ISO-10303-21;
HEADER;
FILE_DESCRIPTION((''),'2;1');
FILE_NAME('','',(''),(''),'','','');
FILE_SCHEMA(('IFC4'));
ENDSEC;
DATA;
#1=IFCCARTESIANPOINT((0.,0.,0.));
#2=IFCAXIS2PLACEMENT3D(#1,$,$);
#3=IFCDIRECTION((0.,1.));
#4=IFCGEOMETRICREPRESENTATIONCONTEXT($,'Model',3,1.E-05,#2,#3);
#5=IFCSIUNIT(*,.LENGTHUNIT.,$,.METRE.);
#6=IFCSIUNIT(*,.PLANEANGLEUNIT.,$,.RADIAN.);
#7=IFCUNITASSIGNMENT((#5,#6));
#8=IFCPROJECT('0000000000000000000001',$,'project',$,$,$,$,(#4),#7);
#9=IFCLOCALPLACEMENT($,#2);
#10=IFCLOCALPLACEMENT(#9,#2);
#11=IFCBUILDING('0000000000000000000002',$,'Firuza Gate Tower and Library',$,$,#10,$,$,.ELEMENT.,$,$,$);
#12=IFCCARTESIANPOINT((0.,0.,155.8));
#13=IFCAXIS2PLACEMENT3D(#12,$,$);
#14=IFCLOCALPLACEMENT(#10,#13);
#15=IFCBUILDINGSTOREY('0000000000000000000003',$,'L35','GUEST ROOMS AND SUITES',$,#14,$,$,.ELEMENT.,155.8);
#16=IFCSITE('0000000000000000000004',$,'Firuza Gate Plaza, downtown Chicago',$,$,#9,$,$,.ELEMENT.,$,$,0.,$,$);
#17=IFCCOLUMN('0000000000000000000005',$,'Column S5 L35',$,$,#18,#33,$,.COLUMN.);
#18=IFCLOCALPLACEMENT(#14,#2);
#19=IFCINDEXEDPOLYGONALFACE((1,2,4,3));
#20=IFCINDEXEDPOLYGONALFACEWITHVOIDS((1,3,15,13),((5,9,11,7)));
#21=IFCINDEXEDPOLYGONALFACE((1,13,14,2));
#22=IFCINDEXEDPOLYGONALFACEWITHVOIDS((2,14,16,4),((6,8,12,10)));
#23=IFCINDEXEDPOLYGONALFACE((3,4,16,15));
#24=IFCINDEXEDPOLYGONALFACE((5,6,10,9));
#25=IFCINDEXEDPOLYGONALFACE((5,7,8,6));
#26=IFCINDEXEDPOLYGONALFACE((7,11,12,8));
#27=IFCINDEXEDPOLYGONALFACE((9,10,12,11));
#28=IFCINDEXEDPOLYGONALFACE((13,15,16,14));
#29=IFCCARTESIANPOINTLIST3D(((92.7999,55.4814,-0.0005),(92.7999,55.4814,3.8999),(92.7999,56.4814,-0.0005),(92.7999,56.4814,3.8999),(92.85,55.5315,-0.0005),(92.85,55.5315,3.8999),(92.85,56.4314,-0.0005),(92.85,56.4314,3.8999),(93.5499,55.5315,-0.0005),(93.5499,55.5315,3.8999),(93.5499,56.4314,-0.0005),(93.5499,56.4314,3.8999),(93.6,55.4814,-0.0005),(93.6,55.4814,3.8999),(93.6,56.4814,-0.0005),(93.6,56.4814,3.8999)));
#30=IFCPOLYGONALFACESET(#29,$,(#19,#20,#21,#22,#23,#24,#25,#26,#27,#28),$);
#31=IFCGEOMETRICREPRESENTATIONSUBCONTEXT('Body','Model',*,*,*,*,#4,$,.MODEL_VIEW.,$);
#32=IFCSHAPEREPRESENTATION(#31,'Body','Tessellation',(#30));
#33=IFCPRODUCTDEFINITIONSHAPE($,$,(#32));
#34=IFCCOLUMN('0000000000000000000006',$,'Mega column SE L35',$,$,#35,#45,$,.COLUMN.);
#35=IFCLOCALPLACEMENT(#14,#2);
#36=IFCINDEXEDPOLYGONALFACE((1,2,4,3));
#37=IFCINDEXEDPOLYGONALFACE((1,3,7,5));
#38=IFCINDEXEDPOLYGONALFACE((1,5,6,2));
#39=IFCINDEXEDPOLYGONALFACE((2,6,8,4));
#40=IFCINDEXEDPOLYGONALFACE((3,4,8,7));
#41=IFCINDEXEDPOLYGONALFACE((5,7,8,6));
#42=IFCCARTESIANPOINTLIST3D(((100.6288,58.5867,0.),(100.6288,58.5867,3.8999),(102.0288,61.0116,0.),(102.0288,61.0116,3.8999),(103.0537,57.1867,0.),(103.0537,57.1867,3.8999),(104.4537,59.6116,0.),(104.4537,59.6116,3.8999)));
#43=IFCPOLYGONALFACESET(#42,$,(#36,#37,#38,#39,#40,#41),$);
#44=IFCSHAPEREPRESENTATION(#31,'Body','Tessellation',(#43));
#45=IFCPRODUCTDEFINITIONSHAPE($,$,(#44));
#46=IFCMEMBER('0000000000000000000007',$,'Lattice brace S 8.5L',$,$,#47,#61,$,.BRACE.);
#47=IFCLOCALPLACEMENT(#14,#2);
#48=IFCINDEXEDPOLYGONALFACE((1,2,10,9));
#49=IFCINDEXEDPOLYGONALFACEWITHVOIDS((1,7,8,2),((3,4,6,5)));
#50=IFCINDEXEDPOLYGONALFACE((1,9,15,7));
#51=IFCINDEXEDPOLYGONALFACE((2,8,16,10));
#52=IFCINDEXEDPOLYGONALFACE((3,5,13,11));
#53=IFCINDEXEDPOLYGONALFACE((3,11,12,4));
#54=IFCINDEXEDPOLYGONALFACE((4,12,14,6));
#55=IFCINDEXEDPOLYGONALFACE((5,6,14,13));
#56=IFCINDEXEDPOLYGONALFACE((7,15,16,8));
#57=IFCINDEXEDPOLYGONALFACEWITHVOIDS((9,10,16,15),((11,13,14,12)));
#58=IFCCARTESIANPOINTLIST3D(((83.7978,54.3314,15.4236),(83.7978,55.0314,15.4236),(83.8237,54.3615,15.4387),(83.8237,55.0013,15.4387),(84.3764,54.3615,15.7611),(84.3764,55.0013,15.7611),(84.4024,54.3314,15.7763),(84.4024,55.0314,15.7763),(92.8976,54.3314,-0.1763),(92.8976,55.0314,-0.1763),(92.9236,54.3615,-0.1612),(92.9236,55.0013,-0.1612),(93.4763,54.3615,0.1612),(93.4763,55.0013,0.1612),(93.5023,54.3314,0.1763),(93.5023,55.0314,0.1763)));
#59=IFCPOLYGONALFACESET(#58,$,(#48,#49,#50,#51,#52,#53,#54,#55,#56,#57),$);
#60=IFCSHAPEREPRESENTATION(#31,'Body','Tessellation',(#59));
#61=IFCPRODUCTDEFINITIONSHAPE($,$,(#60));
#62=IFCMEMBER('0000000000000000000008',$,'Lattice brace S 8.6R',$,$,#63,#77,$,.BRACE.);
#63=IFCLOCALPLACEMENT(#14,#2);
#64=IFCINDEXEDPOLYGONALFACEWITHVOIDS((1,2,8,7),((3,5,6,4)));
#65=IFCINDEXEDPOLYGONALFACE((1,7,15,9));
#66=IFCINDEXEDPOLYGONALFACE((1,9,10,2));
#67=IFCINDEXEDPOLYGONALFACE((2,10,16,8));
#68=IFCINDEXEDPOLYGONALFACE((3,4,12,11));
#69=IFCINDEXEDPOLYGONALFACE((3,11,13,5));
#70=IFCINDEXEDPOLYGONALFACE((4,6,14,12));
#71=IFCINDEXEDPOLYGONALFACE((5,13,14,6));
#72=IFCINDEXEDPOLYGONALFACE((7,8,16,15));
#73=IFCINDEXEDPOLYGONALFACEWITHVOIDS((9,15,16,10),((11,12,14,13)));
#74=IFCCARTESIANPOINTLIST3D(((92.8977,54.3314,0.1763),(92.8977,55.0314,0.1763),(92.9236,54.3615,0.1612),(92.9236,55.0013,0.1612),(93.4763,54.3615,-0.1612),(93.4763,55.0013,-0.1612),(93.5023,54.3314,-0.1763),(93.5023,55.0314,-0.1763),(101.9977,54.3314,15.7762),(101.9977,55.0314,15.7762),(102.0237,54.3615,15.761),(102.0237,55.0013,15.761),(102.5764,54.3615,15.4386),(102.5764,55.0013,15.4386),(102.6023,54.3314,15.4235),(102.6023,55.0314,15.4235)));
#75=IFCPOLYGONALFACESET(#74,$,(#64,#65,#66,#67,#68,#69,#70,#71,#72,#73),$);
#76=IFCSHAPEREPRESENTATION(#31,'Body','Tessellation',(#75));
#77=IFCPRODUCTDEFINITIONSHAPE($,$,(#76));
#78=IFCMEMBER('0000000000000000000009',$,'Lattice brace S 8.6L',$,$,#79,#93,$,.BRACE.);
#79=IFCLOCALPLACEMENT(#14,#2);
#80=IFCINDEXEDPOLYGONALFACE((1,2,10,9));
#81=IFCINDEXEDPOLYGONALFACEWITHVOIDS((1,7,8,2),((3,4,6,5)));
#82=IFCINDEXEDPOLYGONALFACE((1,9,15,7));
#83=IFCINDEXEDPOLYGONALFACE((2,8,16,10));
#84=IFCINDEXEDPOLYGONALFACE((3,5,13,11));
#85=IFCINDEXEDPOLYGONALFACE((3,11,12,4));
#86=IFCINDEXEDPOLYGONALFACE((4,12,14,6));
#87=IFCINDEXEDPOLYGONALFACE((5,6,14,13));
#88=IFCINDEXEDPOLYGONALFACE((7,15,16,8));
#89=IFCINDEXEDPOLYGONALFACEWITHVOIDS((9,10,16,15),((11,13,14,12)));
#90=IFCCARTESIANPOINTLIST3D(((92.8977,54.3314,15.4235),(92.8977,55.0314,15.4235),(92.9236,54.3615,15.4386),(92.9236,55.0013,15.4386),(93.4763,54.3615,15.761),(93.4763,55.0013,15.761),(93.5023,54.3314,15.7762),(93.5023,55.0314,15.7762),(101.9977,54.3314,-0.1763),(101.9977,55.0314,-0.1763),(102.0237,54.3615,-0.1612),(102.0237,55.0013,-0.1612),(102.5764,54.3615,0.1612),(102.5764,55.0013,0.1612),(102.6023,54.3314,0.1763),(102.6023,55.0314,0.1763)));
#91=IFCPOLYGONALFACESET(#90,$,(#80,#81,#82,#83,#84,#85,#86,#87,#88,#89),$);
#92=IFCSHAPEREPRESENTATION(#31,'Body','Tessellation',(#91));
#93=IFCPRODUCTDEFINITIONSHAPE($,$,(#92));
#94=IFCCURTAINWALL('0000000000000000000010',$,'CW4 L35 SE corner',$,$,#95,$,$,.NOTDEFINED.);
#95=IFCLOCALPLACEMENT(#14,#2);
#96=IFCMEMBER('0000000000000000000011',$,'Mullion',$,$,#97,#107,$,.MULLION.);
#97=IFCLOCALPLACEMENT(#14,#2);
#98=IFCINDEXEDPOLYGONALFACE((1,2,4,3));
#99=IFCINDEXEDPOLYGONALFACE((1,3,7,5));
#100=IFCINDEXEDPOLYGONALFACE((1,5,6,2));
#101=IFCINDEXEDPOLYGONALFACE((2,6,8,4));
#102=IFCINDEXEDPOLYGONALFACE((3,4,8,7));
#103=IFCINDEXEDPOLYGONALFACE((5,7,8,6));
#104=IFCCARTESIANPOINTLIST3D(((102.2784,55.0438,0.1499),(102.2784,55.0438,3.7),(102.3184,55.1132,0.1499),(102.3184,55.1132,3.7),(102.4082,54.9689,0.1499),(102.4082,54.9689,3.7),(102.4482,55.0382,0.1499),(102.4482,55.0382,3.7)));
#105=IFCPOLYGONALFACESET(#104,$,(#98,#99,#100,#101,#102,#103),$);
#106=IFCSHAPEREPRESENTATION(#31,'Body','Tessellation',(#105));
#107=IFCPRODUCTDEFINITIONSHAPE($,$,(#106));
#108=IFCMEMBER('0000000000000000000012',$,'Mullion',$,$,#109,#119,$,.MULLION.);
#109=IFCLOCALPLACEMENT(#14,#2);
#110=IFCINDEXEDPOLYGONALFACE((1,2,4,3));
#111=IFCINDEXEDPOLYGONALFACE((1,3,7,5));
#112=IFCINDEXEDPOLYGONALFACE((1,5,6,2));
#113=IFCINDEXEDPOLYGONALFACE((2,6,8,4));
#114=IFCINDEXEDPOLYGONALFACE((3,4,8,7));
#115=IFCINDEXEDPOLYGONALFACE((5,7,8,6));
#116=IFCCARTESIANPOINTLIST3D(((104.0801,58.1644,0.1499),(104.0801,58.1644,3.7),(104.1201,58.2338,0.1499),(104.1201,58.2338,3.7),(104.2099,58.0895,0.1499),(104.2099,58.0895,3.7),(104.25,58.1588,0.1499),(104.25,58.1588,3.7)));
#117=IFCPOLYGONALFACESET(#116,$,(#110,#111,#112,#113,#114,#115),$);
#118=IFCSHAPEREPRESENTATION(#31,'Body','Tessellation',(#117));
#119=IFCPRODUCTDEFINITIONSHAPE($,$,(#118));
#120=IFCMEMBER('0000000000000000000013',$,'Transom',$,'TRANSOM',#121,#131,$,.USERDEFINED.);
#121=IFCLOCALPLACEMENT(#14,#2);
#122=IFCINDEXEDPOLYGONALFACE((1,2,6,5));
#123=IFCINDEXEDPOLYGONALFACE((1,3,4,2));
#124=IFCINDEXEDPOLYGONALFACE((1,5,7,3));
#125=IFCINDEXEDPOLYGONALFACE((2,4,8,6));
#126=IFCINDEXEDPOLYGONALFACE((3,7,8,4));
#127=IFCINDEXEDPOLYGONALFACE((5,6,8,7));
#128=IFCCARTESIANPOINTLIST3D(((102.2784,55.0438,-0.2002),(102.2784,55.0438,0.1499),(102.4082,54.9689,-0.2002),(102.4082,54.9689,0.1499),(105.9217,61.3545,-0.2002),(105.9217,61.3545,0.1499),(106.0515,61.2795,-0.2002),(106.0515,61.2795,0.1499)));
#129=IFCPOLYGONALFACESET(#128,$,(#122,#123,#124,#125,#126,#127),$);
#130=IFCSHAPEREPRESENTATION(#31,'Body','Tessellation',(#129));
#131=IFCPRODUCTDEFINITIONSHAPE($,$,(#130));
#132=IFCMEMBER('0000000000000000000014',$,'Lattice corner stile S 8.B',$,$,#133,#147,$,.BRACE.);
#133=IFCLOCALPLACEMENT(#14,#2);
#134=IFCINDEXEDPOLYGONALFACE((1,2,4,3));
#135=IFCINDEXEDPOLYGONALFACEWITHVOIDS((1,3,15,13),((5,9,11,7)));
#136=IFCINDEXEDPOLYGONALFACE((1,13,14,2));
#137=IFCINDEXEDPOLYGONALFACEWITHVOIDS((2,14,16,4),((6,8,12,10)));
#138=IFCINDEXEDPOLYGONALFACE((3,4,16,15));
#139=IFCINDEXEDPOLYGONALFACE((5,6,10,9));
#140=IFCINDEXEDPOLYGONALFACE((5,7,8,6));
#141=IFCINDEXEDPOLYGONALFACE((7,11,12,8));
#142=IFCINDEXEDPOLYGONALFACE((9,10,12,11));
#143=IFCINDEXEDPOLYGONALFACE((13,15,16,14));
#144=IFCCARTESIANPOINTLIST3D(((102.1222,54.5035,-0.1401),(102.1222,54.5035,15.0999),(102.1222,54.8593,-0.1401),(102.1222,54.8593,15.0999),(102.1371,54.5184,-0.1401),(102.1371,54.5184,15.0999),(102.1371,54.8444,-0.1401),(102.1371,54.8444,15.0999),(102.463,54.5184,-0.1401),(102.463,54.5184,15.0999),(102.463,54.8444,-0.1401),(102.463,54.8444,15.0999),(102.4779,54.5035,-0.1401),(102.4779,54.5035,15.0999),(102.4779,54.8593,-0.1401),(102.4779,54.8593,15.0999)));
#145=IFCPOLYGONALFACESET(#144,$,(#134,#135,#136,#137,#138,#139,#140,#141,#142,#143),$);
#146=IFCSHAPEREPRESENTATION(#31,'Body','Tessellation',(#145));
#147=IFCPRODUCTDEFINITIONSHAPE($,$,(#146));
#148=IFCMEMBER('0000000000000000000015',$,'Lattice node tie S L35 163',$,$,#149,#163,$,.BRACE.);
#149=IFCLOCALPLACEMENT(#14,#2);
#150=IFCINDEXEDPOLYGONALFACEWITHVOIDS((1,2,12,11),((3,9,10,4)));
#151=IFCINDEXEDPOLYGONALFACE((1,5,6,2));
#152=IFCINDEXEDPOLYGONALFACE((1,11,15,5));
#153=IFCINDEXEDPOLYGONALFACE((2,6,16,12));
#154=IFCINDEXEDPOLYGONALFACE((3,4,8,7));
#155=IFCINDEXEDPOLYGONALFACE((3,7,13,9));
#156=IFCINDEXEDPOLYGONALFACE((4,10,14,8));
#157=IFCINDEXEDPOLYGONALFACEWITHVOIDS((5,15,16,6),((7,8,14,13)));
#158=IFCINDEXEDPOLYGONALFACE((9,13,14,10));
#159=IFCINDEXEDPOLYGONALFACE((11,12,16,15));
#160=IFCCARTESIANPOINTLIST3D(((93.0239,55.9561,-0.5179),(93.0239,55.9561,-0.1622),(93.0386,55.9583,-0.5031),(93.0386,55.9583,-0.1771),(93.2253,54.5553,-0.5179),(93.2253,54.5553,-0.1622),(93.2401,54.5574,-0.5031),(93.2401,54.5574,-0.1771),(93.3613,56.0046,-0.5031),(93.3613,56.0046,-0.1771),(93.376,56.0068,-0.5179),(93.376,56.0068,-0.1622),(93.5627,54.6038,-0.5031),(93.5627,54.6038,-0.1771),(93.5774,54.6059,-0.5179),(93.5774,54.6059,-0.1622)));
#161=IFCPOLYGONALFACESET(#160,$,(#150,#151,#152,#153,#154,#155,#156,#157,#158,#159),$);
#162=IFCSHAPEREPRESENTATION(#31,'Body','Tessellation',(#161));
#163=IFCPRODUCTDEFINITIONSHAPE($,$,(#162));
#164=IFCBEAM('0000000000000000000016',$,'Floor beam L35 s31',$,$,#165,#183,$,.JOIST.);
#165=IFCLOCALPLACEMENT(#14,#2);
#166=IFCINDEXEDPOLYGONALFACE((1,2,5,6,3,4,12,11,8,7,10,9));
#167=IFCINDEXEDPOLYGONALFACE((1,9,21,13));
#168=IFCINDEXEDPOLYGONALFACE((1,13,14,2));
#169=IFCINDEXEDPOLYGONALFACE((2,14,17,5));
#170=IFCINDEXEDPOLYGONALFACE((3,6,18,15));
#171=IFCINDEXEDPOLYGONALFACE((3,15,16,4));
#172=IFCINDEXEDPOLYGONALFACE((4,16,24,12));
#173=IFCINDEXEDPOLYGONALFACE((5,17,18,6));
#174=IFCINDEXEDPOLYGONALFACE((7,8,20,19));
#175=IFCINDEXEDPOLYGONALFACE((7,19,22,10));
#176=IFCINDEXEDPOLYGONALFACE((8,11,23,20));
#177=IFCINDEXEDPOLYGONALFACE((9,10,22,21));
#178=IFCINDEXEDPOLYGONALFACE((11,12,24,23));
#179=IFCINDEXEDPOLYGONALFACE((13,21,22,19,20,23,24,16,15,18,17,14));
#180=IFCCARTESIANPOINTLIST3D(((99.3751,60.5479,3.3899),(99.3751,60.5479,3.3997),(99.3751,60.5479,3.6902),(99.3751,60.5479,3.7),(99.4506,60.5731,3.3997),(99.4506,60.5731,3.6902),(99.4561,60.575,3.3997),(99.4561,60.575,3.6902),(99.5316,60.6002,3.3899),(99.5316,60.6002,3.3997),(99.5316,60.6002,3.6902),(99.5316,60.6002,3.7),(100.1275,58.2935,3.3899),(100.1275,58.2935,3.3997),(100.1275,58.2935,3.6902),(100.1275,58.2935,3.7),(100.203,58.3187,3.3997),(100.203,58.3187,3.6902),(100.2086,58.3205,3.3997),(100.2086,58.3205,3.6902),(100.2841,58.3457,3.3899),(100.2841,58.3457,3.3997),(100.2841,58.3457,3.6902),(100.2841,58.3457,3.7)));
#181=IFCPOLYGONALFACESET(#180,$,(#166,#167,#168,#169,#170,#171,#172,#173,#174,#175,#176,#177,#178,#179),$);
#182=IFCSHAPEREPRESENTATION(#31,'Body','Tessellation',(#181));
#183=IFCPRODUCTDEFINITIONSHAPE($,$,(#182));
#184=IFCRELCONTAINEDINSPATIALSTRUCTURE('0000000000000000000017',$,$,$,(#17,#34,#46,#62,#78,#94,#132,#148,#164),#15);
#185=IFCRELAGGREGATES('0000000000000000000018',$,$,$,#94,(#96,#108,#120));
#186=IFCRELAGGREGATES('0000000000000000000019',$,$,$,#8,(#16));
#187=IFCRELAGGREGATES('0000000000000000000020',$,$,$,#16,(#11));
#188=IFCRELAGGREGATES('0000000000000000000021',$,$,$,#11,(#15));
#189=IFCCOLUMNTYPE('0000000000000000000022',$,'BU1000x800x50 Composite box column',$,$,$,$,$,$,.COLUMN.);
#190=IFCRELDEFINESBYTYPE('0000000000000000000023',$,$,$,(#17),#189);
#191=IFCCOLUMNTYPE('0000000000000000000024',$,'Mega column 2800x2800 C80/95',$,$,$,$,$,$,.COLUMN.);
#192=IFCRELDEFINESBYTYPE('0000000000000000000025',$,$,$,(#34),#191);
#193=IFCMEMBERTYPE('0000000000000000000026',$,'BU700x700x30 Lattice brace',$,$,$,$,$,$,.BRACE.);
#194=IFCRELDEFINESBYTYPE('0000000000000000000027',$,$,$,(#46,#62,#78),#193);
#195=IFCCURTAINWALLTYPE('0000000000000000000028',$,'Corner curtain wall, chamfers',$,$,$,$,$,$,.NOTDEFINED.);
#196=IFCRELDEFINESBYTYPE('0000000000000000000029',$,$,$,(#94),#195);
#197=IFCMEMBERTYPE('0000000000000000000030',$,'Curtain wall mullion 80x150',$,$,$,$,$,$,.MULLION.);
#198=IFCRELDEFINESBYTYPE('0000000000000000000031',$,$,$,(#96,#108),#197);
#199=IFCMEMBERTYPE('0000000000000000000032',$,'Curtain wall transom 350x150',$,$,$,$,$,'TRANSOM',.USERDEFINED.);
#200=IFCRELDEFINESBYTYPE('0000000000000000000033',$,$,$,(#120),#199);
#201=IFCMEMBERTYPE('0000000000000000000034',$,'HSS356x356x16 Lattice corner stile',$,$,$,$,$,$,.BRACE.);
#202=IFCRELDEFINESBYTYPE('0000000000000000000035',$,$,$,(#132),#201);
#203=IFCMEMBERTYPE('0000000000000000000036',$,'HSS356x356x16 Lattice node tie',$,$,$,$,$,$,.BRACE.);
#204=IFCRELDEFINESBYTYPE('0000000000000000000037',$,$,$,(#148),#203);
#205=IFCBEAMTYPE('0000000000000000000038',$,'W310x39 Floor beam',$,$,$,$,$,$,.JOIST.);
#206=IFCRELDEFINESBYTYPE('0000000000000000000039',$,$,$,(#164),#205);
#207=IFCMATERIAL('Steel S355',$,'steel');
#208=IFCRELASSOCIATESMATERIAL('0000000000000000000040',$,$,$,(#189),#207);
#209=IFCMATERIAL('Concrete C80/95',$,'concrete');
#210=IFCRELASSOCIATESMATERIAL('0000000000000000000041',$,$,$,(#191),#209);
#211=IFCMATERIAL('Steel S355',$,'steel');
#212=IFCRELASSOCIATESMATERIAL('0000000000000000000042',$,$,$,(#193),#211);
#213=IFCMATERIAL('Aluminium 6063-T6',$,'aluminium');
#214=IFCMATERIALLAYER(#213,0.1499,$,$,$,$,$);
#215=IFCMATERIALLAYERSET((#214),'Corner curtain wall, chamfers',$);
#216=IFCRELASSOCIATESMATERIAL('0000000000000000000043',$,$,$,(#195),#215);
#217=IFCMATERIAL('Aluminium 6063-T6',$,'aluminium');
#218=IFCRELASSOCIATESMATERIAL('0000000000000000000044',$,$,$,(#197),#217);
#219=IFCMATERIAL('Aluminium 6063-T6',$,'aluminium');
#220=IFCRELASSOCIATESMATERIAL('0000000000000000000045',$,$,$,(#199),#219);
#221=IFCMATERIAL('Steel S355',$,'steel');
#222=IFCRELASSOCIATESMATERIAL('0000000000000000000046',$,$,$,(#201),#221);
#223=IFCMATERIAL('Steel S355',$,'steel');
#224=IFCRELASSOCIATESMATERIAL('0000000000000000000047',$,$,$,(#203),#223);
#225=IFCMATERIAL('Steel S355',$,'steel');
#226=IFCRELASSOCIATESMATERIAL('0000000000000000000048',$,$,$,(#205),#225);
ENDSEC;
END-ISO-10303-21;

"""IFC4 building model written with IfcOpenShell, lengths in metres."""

from ifc_helpers import new_model, si_unit, direction, frame, origin, origin_2d, place, context, subcontext, project, spatial, rectangle, hollow_rectangle, i_section, extrude, material, layer, layer_set, material_profile, profile_set, type_object, element, aggregate, save


model = new_model("IFC4")

# Units and contexts
model_context = context("Model", 3, precision=1e-05, world=origin(), true_north=direction((0.0, 1.0)))
body_context = subcontext(model_context, "Body", "Model", "MODEL_VIEW")
ifc_project = project(units=[si_unit("LENGTHUNIT", "METRE"), si_unit("PLANEANGLEUNIT", "RADIAN")], contexts=[model_context])

# Site, building, storey
site_placement = place(None, origin())
site = spatial("IfcSite", under=ifc_project, at=site_placement, Name="Firuza Gate Plaza, downtown Chicago", CompositionType="ELEMENT", RefElevation=0.0)
building_placement = place(site_placement, origin())
building = spatial("IfcBuilding", under=site, at=building_placement, Name="Firuza Gate Tower and Library", CompositionType="ELEMENT")
storey_placement = place(building_placement, frame((0.0, 0.0, 155.8)))
storey = spatial("IfcBuildingStorey", under=building, at=storey_placement, Name="L35", Description="GUEST ROOMS AND SUITES", CompositionType="ELEMENT", Elevation=155.8)

# Columns
ifc_material_1 = material(Name="Steel S355", Category="steel")
ifc_material_profile_1 = material_profile(ifc_material_1, hollow_rectangle(XDim=0.8, YDim=1.0, WallThickness=0.05, at=origin_2d()))
ifc_profile_set_1 = profile_set([ifc_material_profile_1], Name="Steel S355")
column_type_1 = type_object("IfcColumnType", Name="BU1000x800x50 Composite box column", PredefinedType="COLUMN", material=ifc_profile_set_1)
column_1_placement = place(storey_placement, frame((93.2, 55.9814, -0.0005), z_axis=(0.0, 0.0, 1.0), x_axis=(1.0, 0.0, 0.0)))
element("IfcColumn", 1, at=column_1_placement, inside=storey, type_object=column_type_1, Name="Column S5 L35", PredefinedType="COLUMN", context=body_context, shape_type="SweptSolid", body=[
    extrude(hollow_rectangle(XDim=0.8, YDim=1.0, WallThickness=0.05, at=origin_2d()), origin(), (0.0, 0.0, 1.0), 3.9004),
])
ifc_material_2 = material(Name="Concrete C80/95", Category="concrete")
ifc_material_profile_2 = material_profile(ifc_material_2, rectangle(XDim=2.8, YDim=2.8, at=origin_2d()))
ifc_profile_set_2 = profile_set([ifc_material_profile_2], Name="Concrete C80/95")
column_type_2 = type_object("IfcColumnType", Name="Mega column 2800x2800 C80/95", PredefinedType="COLUMN", material=ifc_profile_set_2)
column_2_placement = place(storey_placement, frame((102.5413, 59.0991, 0.0), z_axis=(0.0, 0.0, 1.0), x_axis=(0.5, 0.866025, 0.0)))
element("IfcColumn", 2, at=column_2_placement, inside=storey, type_object=column_type_2, Name="Mega column SE L35", PredefinedType="COLUMN", context=body_context, shape_type="SweptSolid", body=[
    extrude(rectangle(XDim=2.8, YDim=2.8, at=origin_2d()), origin(), (0.0, 0.0, 1.0), 3.8999),
])

# Members
ifc_material_3 = material(Name="Steel S355", Category="steel")
ifc_material_profile_3 = material_profile(ifc_material_3, hollow_rectangle(XDim=0.7, YDim=0.7, WallThickness=0.03, at=origin_2d()))
ifc_profile_set_3 = profile_set([ifc_material_profile_3], Name="Steel S355")
member_type_1 = type_object("IfcMemberType", Name="BU700x700x30 Lattice brace", PredefinedType="BRACE", material=ifc_profile_set_3)
for number, where, z_axis, x_axis, name in (
    (3, (93.2, 54.6814, 0.0), (-0.503869, 0.0, 0.86378), (0.0, -1.0, 0.0), "Lattice brace S 8.5L"),
    (4, (93.2, 54.6814, 0.0), (0.503879, 0.0, 0.863774), (0.0, 1.0, 0.0), "Lattice brace S 8.6R"),
    (5, (102.3, 54.6814, 0.0), (-0.503879, 0.0, 0.863774), (0.0, -1.0, 0.0), "Lattice brace S 8.6L"),
):
    element("IfcMember", number, at=place(storey_placement, frame(where, z_axis=z_axis, x_axis=x_axis)), inside=storey, type_object=member_type_1, Name=name, PredefinedType="BRACE", context=body_context, shape_type="SweptSolid", body=[
        extrude(hollow_rectangle(XDim=0.7, YDim=0.7, WallThickness=0.03, at=origin_2d()), origin(), (0.0, 0.0, 1.0), 18.0601),
    ])

# Curtain wall, members
ifc_material_4 = material(Name="Aluminium 6063-T6", Category="aluminium")
ifc_layer_1 = layer(ifc_material_4, 0.1499)
ifc_layer_set_1 = layer_set([ifc_layer_1], Name="Corner curtain wall, chamfers")
curtain_wall_type = type_object("IfcCurtainWallType", Name="Corner curtain wall, chamfers", PredefinedType="NOTDEFINED", material=ifc_layer_set_1)
curtain_wall_placement = place(storey_placement, origin())
curtain_wall = element("IfcCurtainWall", 6, at=curtain_wall_placement, inside=storey, type_object=curtain_wall_type, Name="CW4 L35 SE corner", PredefinedType="NOTDEFINED")
ifc_material_5 = material(Name="Aluminium 6063-T6", Category="aluminium")
ifc_material_profile_4 = material_profile(ifc_material_5, rectangle(XDim=0.1499, YDim=0.0801, at=origin_2d()))
ifc_profile_set_4 = profile_set([ifc_material_profile_4], Name="Aluminium 6063-T6")
member_type_2 = type_object("IfcMemberType", Name="Curtain wall mullion 80x150", PredefinedType="MULLION", material=ifc_profile_set_4)
member_1_placement = place(storey_placement, frame((102.3633, 55.041, 0.1499), z_axis=(0.0, 0.0, 1.0), x_axis=(-0.866025, 0.5, 0.0)))
member_1 = element("IfcMember", 7, at=member_1_placement, type_object=member_type_2, Name="Mullion", PredefinedType="MULLION", context=body_context, shape_type="SweptSolid", body=[
    extrude(rectangle(XDim=0.1499, YDim=0.0801, at=origin_2d()), origin(), (0.0, 0.0, 1.0), 3.55),
])
member_2_placement = place(storey_placement, frame((104.165, 58.1616, 0.1499), z_axis=(0.0, 0.0, 1.0), x_axis=(-0.866025, 0.5, 0.0)))
member_2 = element("IfcMember", 8, at=member_2_placement, type_object=member_type_2, Name="Mullion", PredefinedType="MULLION", context=body_context, shape_type="SweptSolid", body=[
    extrude(rectangle(XDim=0.1499, YDim=0.0801, at=origin_2d()), origin(), (0.0, 0.0, 1.0), 3.55),
])
ifc_material_6 = material(Name="Aluminium 6063-T6", Category="aluminium")
ifc_material_profile_5 = material_profile(ifc_material_6, rectangle(XDim=0.1499, YDim=0.3501, at=origin_2d()))
ifc_profile_set_5 = profile_set([ifc_material_profile_5], Name="Aluminium 6063-T6")
member_type_3 = type_object("IfcMemberType", Name="Curtain wall transom 350x150", ElementType="TRANSOM", PredefinedType="USERDEFINED", material=ifc_profile_set_5)
member_3_placement = place(storey_placement, frame((102.3433, 55.0063, -0.0251), z_axis=(0.499991, 0.86603, 0.0), x_axis=(-0.86603, 0.499991, 0.0)))
member_3 = element("IfcMember", 9, at=member_3_placement, type_object=member_type_3, Name="Transom", ObjectType="TRANSOM", PredefinedType="USERDEFINED", context=body_context, shape_type="SweptSolid", body=[
    extrude(rectangle(XDim=0.1499, YDim=0.3501, at=origin_2d()), origin(), (0.0, 0.0, 1.0), 7.2869),
])

# Members
ifc_material_7 = material(Name="Steel S355", Category="steel")
ifc_material_profile_6 = material_profile(ifc_material_7, hollow_rectangle(XDim=0.3557, YDim=0.3557, WallThickness=0.0149, at=origin_2d()))
ifc_profile_set_6 = profile_set([ifc_material_profile_6], Name="Steel S355")
member_type_4 = type_object("IfcMemberType", Name="HSS356x356x16 Lattice corner stile", PredefinedType="BRACE", material=ifc_profile_set_6)
member_4_placement = place(storey_placement, frame((102.3, 54.6814, -0.1401), z_axis=(0.0, 0.0, 1.0), x_axis=(1.0, 0.0, 0.0)))
element("IfcMember", 10, at=member_4_placement, inside=storey, type_object=member_type_4, Name="Lattice corner stile S 8.B", PredefinedType="BRACE", context=body_context, shape_type="SweptSolid", body=[
    extrude(hollow_rectangle(XDim=0.3557, YDim=0.3557, WallThickness=0.0149, at=origin_2d()), origin(), (0.0, 0.0, 1.0), 15.24),
])
ifc_material_8 = material(Name="Steel S355", Category="steel")
ifc_material_profile_7 = material_profile(ifc_material_8, hollow_rectangle(XDim=0.3557, YDim=0.3557, WallThickness=0.0149, at=origin_2d()))
ifc_profile_set_7 = profile_set([ifc_material_profile_7], Name="Steel S355")
member_type_5 = type_object("IfcMemberType", Name="HSS356x356x16 Lattice node tie", PredefinedType="BRACE", material=ifc_profile_set_7)
member_5_placement = place(storey_placement, frame((93.2, 55.9814, -0.3401), z_axis=(0.142315, -0.989821, 0.0), x_axis=(0.989821, 0.142315, 0.0)))
element("IfcMember", 11, at=member_5_placement, inside=storey, type_object=member_type_5, Name="Lattice node tie S L35 163", PredefinedType="BRACE", context=body_context, shape_type="SweptSolid", body=[
    extrude(hollow_rectangle(XDim=0.3557, YDim=0.3557, WallThickness=0.0149, at=origin_2d()), origin(), (0.0, 0.0, 1.0), 1.4153),
])

# Beam
ifc_material_9 = material(Name="Steel S355", Category="steel")
ifc_material_profile_8 = material_profile(ifc_material_9, i_section(OverallWidth=0.165, OverallDepth=0.3101, WebThickness=0.0059, FlangeThickness=0.0098, at=origin_2d()))
ifc_profile_set_8 = profile_set([ifc_material_profile_8], Name="Steel S355")
beam_type_1 = type_object("IfcBeamType", Name="W310x39 Floor beam", PredefinedType="JOIST", material=ifc_profile_set_8)
beam_1_placement = place(storey_placement, frame((100.2058, 58.3196, 3.5449), z_axis=(-0.316598, 0.94856, 0.0), x_axis=(-0.94856, -0.316598, 0.0)))
element("IfcBeam", 12, at=beam_1_placement, inside=storey, type_object=beam_type_1, Name="Floor beam L35 s31", PredefinedType="JOIST", context=body_context, shape_type="SweptSolid", body=[
    extrude(i_section(OverallWidth=0.165, OverallDepth=0.3101, WebThickness=0.0059, FlangeThickness=0.0098, at=origin_2d()), origin(), (0.0, 0.0, 1.0), 2.3767),
])

aggregate(curtain_wall, [member_1, member_2, member_3])

save(model, "model.ifc")
